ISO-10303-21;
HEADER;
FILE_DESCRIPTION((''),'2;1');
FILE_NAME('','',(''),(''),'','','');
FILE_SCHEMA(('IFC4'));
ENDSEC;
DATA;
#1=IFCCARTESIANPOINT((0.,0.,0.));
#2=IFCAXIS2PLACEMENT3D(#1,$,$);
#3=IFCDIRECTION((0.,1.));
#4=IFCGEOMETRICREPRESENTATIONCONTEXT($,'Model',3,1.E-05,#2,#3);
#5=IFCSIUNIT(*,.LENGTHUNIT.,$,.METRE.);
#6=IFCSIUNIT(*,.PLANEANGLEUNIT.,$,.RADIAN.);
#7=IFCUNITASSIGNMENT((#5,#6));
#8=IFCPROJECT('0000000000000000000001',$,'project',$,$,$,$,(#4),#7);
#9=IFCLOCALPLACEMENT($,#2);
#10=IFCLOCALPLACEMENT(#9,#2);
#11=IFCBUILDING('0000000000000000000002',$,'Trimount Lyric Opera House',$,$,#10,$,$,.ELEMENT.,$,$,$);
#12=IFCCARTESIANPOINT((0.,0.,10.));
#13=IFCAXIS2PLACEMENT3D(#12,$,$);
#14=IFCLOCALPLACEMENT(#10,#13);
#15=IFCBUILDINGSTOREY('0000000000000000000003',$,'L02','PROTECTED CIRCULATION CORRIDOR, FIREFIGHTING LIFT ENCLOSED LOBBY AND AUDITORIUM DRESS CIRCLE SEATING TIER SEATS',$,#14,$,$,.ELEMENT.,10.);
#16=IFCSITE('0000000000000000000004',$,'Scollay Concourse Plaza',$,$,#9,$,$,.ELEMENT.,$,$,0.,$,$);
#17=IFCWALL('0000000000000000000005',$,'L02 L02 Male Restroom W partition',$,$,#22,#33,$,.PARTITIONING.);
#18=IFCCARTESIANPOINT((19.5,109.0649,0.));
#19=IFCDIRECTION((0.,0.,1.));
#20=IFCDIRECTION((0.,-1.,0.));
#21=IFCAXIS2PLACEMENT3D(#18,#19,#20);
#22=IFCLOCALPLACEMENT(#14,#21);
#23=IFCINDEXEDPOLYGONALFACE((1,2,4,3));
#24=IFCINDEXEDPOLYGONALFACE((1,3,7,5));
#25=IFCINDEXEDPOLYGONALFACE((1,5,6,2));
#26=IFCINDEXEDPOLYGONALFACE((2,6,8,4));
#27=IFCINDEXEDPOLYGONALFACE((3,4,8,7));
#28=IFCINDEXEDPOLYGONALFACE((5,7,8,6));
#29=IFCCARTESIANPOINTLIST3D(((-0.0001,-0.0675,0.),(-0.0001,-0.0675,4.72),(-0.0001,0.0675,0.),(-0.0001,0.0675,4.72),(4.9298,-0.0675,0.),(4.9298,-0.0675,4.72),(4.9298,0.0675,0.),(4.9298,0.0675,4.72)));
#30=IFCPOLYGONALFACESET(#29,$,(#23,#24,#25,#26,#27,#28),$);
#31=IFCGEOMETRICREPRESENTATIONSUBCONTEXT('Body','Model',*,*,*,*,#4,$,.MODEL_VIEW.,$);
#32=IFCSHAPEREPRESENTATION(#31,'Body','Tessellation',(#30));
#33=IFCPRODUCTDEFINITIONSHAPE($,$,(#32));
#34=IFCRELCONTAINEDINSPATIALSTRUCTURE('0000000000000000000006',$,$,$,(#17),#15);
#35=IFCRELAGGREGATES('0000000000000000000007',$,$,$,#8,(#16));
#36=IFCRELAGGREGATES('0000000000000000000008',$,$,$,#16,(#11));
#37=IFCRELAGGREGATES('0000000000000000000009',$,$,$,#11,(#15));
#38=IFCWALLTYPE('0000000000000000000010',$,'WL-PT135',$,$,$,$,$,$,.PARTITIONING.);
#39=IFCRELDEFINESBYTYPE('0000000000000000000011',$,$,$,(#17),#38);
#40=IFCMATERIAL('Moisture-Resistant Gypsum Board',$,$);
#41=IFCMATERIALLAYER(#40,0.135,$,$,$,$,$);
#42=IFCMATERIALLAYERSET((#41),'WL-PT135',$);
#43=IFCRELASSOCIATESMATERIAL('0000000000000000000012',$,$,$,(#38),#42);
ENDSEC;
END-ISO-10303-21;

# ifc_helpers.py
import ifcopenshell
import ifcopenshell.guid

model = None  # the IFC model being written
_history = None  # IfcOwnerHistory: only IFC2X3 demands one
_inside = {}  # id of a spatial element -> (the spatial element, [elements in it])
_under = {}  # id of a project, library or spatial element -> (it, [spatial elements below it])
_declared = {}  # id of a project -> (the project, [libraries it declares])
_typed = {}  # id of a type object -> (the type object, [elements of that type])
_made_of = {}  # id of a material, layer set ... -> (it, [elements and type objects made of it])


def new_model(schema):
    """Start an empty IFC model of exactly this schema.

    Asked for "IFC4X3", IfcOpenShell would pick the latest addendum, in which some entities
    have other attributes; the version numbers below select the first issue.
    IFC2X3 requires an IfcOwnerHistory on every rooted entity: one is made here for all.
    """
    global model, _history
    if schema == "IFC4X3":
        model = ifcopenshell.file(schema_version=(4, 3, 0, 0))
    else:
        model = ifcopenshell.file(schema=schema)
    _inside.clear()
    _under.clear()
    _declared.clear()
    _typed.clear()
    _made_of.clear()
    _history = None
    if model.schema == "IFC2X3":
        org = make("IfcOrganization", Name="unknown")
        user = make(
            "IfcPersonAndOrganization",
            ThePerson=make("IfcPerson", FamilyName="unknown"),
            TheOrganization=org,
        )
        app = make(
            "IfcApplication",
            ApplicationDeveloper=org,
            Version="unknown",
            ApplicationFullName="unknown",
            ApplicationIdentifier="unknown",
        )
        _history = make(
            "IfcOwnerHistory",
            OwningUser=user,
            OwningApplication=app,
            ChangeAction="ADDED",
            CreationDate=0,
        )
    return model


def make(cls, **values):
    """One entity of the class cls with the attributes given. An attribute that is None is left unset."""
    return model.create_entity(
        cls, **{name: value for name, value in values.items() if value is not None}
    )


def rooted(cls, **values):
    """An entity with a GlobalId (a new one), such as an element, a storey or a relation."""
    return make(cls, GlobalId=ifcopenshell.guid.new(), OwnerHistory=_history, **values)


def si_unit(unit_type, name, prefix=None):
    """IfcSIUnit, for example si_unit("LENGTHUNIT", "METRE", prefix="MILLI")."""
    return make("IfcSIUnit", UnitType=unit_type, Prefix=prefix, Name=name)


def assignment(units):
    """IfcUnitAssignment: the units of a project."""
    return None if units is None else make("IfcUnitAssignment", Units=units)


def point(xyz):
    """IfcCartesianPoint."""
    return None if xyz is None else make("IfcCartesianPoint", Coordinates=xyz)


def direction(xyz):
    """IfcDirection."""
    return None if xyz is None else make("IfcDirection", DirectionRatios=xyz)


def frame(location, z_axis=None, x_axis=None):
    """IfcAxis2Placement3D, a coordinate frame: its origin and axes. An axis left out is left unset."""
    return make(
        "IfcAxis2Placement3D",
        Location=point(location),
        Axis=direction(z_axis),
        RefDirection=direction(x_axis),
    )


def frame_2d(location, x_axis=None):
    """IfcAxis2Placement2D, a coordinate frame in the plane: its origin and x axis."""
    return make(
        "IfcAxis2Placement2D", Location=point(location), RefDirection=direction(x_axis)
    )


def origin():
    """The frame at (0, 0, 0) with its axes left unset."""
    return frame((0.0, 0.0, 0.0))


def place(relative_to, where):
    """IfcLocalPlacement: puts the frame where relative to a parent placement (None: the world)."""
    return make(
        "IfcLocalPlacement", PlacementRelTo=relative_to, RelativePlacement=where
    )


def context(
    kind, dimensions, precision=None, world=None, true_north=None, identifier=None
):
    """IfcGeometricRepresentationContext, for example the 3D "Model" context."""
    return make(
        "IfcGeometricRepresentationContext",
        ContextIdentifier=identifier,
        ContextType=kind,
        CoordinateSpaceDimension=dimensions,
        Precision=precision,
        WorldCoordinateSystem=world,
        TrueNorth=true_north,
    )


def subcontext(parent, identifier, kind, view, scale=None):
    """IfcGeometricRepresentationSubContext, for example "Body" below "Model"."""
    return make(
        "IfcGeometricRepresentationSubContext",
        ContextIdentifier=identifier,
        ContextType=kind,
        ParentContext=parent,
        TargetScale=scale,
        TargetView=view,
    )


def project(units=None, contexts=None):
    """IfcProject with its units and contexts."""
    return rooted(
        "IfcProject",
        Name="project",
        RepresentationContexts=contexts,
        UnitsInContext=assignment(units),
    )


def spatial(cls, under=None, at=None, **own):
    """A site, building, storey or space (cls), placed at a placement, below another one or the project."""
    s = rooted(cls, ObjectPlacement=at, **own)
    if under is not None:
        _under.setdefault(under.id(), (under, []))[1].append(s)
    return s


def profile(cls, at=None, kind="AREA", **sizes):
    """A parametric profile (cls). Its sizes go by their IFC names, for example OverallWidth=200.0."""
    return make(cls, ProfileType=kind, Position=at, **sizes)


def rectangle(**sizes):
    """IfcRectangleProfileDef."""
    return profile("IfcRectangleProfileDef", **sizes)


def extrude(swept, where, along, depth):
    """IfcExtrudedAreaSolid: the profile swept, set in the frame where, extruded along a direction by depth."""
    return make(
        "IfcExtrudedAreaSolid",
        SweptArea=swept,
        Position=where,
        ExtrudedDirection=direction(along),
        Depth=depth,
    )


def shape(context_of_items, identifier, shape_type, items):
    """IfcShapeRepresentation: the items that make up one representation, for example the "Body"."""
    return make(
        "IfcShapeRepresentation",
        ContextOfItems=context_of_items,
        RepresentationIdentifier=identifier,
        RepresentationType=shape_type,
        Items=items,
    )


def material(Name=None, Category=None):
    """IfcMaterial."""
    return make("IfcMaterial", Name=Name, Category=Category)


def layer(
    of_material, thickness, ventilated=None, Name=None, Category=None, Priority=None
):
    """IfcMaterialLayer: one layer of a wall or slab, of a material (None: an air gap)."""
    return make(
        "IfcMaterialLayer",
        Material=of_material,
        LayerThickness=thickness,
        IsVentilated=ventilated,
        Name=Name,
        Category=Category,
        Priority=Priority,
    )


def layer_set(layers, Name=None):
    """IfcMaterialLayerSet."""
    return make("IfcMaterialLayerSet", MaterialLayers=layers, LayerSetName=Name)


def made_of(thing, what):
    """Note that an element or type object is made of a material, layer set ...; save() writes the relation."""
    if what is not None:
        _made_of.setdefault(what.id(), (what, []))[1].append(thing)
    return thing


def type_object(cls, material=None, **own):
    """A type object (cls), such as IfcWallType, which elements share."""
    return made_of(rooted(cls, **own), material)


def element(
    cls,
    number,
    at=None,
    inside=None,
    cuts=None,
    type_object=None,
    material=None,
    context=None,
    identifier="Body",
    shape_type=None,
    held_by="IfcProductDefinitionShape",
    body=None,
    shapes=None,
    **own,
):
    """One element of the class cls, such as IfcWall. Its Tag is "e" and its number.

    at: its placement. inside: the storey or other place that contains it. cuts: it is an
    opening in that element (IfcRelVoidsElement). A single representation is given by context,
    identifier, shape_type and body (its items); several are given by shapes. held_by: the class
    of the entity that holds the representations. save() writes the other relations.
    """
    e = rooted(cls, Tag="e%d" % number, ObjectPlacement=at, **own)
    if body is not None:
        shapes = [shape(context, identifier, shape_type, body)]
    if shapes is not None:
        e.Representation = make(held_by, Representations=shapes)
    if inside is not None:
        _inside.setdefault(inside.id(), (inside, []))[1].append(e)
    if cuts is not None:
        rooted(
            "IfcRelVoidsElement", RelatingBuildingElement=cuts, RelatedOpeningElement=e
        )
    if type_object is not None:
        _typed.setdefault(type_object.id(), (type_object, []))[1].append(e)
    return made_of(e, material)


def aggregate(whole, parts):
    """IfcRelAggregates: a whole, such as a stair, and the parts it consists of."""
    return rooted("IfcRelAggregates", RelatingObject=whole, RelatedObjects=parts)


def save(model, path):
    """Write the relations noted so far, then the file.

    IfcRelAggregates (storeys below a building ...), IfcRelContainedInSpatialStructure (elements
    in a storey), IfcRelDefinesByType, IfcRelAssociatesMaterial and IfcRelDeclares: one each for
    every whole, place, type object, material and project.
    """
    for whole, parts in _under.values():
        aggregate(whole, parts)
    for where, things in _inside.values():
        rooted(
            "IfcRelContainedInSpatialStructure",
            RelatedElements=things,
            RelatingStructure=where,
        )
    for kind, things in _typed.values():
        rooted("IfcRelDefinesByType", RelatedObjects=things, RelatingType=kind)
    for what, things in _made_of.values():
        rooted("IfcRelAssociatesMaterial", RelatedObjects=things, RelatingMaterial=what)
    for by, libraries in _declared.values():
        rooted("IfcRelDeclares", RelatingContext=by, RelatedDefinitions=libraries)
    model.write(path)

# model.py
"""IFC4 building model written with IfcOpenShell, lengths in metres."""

from ifc_helpers import new_model, si_unit, direction, frame, frame_2d, origin, place, context, subcontext, project, spatial, rectangle, extrude, material, layer, layer_set, type_object, element, save


model = new_model("IFC4")

# Units and contexts
model_context = context("Model", 3, precision=1e-05, world=origin(), true_north=direction((0.0, 1.0)))
body_context = subcontext(model_context, "Body", "Model", "MODEL_VIEW")
ifc_project = project(units=[si_unit("LENGTHUNIT", "METRE"), si_unit("PLANEANGLEUNIT", "RADIAN")], contexts=[model_context])

# Site, building, storey
site_placement = place(None, origin())
site = spatial("IfcSite", under=ifc_project, at=site_placement, Name="Scollay Concourse Plaza", CompositionType="ELEMENT", RefElevation=0.0)
building_placement = place(site_placement, origin())
building = spatial("IfcBuilding", under=site, at=building_placement, Name="Trimount Lyric Opera House", CompositionType="ELEMENT")
storey_placement = place(building_placement, frame((0.0, 0.0, 10.0)))
storey = spatial("IfcBuildingStorey", under=building, at=storey_placement, Name="L02", Description="PROTECTED CIRCULATION CORRIDOR, FIREFIGHTING LIFT ENCLOSED LOBBY AND AUDITORIUM DRESS CIRCLE SEATING TIER SEATS", CompositionType="ELEMENT", Elevation=10.0)

# Shared definitions
ifc_material_1 = material(Name="Moisture-Resistant Gypsum Board")
ifc_layer_1 = layer(ifc_material_1, 0.135)
ifc_layer_set_1 = layer_set([ifc_layer_1], Name="WL-PT135")
wall_type_1 = type_object("IfcWallType", Name="WL-PT135", PredefinedType="PARTITIONING", material=ifc_layer_set_1)

# Wall
for number, where, z_axis, x_axis, name in (
    (1, (19.5, 109.0649, 0.0), (0.0, 0.0, 1.0), (0.0, -1.0, 0.0), "L02 L02 Male Restroom W partition"),
):
    element("IfcWall", number, at=place(storey_placement, frame(where, z_axis=z_axis, x_axis=x_axis)), inside=storey, type_object=wall_type_1, Name=name, PredefinedType="PARTITIONING", context=body_context, shape_type="SweptSolid", body=[
        extrude(rectangle(XDim=4.9299, YDim=0.135, at=frame_2d((2.4648, 0.0))), origin(), (0.0, 0.0, 1.0), 4.72),
    ])

save(model, "model.ifc")
